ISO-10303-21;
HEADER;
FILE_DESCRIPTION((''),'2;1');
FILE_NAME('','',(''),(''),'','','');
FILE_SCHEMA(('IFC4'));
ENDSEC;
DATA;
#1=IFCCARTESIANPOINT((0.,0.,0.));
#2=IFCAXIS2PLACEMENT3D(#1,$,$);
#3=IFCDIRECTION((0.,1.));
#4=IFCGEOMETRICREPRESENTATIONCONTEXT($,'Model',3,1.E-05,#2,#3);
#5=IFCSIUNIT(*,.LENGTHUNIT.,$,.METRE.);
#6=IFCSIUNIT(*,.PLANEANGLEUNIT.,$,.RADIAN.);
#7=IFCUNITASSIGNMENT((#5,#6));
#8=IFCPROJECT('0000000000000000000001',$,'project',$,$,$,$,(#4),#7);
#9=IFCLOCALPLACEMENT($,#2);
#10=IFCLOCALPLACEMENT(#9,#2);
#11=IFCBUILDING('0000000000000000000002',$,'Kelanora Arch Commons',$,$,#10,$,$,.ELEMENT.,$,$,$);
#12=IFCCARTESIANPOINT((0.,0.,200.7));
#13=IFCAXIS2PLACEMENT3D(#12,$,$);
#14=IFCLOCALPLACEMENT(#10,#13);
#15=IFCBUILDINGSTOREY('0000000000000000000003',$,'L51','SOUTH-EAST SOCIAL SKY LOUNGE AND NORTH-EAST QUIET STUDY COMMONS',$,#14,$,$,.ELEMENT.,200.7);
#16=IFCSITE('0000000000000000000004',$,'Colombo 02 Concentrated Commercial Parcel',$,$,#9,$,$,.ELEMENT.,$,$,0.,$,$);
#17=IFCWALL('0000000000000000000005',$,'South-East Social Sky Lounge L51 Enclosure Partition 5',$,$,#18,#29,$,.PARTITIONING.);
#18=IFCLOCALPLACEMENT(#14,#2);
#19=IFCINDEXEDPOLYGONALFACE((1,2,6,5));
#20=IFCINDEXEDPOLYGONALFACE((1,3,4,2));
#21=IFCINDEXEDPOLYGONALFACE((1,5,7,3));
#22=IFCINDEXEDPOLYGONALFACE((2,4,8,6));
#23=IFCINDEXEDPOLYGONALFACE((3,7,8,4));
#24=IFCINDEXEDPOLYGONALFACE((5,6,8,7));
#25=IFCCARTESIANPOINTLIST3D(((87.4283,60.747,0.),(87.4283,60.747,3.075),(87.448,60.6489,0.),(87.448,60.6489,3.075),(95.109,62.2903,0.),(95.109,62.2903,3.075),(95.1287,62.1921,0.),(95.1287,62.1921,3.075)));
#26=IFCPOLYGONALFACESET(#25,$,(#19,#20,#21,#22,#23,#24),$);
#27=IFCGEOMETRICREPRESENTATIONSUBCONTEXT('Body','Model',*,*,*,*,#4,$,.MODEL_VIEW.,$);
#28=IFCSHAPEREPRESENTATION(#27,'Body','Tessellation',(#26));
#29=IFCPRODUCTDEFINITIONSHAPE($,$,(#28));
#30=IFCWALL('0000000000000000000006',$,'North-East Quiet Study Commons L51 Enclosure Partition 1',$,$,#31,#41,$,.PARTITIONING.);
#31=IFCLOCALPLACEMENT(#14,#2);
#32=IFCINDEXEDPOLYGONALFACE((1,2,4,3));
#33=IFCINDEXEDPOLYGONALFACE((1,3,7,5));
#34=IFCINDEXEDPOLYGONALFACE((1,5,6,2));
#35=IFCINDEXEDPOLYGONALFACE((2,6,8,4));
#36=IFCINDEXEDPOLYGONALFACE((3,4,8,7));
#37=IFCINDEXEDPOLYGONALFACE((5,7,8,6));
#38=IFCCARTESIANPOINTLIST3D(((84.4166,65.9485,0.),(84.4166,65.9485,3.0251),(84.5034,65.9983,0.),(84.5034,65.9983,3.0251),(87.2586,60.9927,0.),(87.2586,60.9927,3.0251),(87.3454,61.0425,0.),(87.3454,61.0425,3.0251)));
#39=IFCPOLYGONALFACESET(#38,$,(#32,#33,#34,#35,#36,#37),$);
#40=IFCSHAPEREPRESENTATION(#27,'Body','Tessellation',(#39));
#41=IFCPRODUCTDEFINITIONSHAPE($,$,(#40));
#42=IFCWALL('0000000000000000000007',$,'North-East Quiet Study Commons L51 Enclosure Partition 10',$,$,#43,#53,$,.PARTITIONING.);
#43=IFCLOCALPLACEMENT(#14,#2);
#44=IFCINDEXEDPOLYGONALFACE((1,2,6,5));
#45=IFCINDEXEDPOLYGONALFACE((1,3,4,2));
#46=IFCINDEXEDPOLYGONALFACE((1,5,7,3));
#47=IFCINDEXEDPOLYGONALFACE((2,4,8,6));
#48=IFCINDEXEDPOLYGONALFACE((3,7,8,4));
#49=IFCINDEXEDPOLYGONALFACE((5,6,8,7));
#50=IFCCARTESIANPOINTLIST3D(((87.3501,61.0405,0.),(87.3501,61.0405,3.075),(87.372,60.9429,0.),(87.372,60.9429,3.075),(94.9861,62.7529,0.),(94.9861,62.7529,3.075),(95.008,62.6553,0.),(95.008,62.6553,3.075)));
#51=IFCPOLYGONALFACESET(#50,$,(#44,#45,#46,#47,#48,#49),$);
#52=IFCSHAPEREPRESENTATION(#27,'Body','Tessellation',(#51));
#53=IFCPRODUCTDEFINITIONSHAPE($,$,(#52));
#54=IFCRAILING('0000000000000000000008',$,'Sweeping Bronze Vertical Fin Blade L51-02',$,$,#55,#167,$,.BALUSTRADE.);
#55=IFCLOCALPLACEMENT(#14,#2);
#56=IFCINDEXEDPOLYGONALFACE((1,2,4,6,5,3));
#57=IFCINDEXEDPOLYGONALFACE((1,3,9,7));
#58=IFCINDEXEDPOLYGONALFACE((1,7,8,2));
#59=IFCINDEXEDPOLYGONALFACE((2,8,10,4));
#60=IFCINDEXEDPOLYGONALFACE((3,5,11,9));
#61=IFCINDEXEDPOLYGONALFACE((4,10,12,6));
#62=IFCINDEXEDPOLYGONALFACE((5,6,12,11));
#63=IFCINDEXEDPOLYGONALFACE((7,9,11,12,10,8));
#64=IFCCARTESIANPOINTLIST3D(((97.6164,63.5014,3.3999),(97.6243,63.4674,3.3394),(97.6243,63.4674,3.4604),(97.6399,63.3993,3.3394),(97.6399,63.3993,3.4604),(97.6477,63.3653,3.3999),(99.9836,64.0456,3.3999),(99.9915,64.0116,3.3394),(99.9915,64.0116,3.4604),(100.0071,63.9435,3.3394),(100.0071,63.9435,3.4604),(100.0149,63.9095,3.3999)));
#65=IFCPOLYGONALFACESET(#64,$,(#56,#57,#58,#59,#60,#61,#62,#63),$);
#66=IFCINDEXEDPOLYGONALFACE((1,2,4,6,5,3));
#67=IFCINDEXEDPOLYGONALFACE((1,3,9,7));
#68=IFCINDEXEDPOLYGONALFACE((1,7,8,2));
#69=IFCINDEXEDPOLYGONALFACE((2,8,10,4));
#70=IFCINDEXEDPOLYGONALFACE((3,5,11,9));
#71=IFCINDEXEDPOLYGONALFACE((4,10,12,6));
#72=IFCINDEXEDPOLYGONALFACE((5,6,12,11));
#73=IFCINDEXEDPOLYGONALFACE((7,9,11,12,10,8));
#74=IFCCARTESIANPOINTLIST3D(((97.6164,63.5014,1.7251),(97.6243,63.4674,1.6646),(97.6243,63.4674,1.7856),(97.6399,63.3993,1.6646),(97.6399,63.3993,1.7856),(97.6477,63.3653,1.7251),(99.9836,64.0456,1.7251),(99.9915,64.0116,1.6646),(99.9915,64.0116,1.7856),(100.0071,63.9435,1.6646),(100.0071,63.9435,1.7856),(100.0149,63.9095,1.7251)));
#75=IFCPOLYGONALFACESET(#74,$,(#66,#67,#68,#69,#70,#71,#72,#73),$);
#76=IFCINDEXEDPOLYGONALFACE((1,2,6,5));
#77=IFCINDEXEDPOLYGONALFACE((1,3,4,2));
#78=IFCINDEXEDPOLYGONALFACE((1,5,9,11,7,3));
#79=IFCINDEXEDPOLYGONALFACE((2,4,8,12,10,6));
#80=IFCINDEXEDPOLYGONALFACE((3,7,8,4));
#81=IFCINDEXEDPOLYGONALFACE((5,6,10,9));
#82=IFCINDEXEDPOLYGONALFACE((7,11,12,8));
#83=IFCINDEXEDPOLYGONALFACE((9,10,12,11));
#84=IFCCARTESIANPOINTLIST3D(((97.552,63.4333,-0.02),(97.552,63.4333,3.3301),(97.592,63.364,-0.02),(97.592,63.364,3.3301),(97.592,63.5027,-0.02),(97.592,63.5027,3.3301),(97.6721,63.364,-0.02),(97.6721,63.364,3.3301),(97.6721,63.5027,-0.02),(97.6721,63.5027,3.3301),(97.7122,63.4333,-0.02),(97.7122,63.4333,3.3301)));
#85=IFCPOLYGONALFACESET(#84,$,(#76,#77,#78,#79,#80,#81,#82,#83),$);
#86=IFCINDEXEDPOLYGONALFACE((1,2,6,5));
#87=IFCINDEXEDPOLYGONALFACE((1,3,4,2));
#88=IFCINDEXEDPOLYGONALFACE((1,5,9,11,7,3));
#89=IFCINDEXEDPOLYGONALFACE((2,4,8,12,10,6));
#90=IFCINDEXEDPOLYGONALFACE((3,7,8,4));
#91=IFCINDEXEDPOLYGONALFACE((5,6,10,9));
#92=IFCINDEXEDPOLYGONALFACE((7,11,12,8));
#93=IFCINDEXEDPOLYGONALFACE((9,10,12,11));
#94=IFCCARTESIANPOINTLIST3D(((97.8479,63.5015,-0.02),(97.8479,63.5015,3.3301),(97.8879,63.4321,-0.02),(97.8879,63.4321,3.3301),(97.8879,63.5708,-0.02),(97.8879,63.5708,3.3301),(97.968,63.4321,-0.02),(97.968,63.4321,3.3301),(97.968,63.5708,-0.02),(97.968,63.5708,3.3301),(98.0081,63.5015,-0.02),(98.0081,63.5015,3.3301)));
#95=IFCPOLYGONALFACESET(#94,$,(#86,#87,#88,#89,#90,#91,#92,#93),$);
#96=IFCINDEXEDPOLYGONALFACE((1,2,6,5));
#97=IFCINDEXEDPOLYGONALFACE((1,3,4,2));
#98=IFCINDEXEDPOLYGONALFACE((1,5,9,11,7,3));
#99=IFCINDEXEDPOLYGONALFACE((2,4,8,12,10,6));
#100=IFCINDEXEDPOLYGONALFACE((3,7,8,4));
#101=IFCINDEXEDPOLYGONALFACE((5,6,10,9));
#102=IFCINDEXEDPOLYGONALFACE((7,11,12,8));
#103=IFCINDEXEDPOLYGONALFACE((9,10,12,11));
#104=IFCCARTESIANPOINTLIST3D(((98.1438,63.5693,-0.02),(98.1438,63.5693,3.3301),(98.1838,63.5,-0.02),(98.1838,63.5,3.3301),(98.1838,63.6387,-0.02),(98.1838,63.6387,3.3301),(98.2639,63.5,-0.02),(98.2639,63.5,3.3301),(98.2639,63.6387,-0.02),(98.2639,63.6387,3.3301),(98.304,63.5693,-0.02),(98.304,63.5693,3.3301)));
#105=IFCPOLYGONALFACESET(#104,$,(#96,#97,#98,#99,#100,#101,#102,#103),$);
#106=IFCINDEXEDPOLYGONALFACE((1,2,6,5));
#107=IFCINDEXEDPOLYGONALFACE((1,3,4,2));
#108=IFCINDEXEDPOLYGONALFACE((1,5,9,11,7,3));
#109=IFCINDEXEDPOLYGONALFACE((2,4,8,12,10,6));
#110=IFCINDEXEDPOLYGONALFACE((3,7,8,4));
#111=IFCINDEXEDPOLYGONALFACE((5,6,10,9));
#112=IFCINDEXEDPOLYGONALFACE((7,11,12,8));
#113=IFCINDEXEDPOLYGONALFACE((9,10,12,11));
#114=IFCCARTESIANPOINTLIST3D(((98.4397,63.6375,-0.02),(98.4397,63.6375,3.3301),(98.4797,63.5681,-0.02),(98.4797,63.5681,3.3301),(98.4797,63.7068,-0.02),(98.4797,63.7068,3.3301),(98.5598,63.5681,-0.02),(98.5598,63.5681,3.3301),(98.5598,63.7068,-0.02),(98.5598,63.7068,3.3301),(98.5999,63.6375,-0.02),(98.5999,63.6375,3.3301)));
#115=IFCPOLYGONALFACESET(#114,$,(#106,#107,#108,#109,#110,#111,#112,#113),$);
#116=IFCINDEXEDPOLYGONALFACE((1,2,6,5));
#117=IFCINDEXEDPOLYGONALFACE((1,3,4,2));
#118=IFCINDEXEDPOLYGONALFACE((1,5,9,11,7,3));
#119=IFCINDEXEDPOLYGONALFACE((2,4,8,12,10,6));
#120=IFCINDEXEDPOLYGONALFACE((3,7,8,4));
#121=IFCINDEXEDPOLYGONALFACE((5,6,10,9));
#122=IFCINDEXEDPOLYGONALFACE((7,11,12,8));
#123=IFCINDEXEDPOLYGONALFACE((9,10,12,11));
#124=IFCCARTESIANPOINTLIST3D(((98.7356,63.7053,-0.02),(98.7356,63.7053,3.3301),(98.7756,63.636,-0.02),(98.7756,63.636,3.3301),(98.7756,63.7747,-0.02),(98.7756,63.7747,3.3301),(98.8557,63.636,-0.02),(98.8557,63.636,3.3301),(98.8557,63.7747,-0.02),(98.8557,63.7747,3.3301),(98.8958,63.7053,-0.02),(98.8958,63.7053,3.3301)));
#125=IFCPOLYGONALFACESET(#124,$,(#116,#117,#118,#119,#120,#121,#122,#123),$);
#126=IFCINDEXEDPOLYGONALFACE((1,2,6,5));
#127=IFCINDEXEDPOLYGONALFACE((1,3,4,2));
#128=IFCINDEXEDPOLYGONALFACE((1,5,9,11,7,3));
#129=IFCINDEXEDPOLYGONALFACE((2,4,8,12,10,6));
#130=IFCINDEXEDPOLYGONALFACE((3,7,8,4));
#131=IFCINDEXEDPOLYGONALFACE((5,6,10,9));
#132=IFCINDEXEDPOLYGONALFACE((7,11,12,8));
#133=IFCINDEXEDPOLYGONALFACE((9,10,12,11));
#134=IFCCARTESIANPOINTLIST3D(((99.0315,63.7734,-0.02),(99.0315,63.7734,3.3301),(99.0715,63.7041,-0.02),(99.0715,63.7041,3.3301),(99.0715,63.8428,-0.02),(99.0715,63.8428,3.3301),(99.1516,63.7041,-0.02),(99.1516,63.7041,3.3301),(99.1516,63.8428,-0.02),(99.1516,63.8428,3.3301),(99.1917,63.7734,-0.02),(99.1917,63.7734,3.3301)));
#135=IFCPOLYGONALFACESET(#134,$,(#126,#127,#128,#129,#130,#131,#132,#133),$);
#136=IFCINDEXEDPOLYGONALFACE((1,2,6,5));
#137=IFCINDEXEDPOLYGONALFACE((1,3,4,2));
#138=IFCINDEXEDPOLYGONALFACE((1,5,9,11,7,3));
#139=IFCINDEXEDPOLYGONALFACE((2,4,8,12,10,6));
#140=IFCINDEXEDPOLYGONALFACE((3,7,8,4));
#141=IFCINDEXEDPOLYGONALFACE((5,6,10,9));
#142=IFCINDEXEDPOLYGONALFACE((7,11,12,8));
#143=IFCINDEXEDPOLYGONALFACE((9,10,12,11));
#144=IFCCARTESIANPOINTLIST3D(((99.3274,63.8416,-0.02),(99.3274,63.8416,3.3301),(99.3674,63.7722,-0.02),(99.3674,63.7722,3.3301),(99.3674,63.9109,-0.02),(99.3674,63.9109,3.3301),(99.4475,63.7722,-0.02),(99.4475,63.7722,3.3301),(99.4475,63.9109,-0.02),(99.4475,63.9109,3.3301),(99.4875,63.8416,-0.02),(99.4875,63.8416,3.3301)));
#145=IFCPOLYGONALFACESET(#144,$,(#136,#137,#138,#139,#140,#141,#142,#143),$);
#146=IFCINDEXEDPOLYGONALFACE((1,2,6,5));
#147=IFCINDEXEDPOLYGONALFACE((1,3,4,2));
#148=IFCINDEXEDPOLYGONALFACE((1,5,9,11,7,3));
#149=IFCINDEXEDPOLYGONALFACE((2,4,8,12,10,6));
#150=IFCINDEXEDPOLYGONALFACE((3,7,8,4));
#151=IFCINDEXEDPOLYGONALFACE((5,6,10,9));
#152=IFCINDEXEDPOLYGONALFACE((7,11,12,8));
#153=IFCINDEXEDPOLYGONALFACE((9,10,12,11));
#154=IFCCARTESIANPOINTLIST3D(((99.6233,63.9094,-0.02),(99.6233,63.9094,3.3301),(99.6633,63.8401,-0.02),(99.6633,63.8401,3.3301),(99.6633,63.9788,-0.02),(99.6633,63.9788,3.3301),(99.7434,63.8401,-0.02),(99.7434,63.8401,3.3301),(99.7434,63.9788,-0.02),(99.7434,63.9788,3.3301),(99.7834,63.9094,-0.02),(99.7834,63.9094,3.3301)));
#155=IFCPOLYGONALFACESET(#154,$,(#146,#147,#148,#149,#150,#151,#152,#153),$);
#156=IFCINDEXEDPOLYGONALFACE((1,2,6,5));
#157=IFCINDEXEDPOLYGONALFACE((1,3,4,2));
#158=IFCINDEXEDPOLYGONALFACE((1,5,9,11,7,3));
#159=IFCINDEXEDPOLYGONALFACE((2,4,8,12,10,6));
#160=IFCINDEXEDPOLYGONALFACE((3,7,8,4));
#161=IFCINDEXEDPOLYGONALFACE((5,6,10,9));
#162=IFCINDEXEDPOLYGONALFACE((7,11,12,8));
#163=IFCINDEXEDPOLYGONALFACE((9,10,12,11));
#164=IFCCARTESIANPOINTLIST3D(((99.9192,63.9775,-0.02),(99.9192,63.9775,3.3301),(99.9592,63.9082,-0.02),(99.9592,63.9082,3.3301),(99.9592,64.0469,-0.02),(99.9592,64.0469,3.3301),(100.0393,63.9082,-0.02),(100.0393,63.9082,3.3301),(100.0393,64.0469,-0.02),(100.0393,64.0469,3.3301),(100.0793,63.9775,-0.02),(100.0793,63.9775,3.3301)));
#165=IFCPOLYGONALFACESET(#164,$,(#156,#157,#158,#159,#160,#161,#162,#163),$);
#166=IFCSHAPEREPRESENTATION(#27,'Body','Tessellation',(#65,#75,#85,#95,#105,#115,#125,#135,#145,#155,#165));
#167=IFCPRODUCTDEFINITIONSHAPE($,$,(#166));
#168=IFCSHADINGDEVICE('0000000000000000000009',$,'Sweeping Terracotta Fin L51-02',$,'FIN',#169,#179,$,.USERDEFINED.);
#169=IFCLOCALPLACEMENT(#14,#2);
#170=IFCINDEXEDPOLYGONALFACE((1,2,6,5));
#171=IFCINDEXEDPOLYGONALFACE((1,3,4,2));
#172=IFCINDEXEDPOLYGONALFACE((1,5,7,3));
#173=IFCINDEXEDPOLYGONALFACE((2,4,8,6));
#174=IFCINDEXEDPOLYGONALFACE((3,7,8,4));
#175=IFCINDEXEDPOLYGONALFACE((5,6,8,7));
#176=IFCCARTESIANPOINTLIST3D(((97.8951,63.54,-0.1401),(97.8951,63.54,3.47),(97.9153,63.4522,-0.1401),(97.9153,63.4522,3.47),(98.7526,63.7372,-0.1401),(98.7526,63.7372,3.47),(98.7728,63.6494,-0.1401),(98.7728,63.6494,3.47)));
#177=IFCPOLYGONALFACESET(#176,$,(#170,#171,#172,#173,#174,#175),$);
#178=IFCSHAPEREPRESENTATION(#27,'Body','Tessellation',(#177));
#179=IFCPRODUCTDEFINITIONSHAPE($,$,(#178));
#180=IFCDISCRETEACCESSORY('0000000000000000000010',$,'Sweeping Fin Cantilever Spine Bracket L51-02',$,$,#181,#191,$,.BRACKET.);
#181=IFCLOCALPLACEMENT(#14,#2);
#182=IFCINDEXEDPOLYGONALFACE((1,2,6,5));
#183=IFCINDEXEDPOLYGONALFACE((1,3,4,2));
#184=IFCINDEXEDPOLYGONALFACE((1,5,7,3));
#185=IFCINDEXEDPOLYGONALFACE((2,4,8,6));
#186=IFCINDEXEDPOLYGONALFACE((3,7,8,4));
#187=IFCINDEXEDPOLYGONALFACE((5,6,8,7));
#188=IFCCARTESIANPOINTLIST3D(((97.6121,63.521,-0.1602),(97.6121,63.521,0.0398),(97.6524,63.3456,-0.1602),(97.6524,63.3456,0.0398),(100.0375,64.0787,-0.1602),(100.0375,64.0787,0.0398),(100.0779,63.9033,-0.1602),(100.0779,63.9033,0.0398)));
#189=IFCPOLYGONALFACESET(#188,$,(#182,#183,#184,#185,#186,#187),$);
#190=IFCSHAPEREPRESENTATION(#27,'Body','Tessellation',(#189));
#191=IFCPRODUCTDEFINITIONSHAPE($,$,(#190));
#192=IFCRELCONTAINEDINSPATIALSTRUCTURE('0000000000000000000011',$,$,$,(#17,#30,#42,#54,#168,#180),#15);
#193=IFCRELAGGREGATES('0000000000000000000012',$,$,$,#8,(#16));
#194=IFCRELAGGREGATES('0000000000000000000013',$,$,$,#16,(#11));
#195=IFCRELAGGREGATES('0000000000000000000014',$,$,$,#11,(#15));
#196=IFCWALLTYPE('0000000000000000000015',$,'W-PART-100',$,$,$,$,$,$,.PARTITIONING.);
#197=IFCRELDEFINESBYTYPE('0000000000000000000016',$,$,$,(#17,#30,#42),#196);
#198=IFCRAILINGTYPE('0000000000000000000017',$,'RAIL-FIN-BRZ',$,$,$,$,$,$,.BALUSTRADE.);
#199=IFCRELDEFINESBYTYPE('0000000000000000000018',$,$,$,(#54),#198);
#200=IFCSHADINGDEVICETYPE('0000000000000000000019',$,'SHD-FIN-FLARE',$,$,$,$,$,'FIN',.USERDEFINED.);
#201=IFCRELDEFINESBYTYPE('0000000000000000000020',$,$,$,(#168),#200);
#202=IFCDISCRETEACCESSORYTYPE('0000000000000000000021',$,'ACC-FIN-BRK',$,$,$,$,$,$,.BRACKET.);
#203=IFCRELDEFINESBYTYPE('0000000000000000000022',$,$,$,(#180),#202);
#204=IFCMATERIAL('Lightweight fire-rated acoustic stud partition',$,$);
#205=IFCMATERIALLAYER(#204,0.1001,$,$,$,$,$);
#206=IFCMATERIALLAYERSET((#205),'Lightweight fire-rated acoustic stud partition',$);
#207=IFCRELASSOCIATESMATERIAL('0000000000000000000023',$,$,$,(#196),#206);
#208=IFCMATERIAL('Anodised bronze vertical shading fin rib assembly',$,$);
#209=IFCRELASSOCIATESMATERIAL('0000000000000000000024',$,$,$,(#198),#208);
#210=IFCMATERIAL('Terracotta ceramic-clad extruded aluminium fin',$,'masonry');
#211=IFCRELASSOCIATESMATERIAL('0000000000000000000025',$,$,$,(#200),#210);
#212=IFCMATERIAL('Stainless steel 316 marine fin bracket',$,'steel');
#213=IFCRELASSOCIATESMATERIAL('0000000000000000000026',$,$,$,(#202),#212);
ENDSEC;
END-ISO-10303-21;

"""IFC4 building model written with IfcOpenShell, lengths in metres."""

from ifc_helpers import new_model, si_unit, direction, frame, frame_2d, origin, origin_2d, place, context, subcontext, project, spatial, polyline, rectangle, outline, extrude, source, transform, mapped, material, layer, layer_set, type_object, element, save


model = new_model("IFC4")

# Units and contexts
model_context = context("Model", 3, precision=1e-05, world=origin(), true_north=direction((0.0, 1.0)))
body_context = subcontext(model_context, "Body", "Model", "MODEL_VIEW")
ifc_project = project(units=[si_unit("LENGTHUNIT", "METRE"), si_unit("PLANEANGLEUNIT", "RADIAN")], contexts=[model_context])

# Site, building, storey
site_placement = place(None, origin())
site = spatial("IfcSite", under=ifc_project, at=site_placement, Name="Colombo 02 Concentrated Commercial Parcel", CompositionType="ELEMENT", RefElevation=0.0)
building_placement = place(site_placement, origin())
building = spatial("IfcBuilding", under=site, at=building_placement, Name="Kelanora Arch Commons", CompositionType="ELEMENT")
storey_placement = place(building_placement, frame((0.0, 0.0, 200.7)))
storey = spatial("IfcBuildingStorey", under=building, at=storey_placement, Name="L51", Description="SOUTH-EAST SOCIAL SKY LOUNGE AND NORTH-EAST QUIET STUDY COMMONS", CompositionType="ELEMENT", Elevation=200.7)

# Walls
ifc_material_1 = material(Name="Lightweight fire-rated acoustic stud partition")
ifc_layer_1 = layer(ifc_material_1, 0.1001)
ifc_layer_set_1 = layer_set([ifc_layer_1], Name="Lightweight fire-rated acoustic stud partition")
wall_type = type_object("IfcWallType", Name="W-PART-100", PredefinedType="PARTITIONING", material=ifc_layer_set_1)
wall_1_placement = place(storey_placement, frame((87.4382, 60.698, 0.0), z_axis=(0.0, 0.0, 1.0), x_axis=(0.980406, 0.196985, 0.0)))
element("IfcWall", 1, at=wall_1_placement, inside=storey, type_object=wall_type, Name="South-East Social Sky Lounge L51 Enclosure Partition 5", PredefinedType="PARTITIONING", context=body_context, shape_type="SweptSolid", body=[
    extrude(rectangle(XDim=7.8342, YDim=0.1001, at=frame_2d((3.917, 0.0))), origin(), (0.0, 0.0, 1.0), 3.075),
])
wall_2_placement = place(storey_placement, frame((87.302, 61.0176, 0.0), z_axis=(0.0, 0.0, 1.0), x_axis=(-0.497478, 0.867477, 0.0)))
element("IfcWall", 2, at=wall_2_placement, inside=storey, type_object=wall_type, Name="North-East Quiet Study Commons L51 Enclosure Partition 1", PredefinedType="PARTITIONING", context=body_context, shape_type="SweptSolid", body=[
    extrude(rectangle(XDim=5.7129, YDim=0.1001, at=frame_2d((2.8564, 0.0))), origin(), (0.0, 0.0, 1.0), 3.0251),
])
wall_3_placement = place(storey_placement, frame((94.9971, 62.7041, 0.0), z_axis=(0.0, 0.0, 1.0), x_axis=(-0.975765, -0.21882, 0.0)))
element("IfcWall", 3, at=wall_3_placement, inside=storey, type_object=wall_type, Name="North-East Quiet Study Commons L51 Enclosure Partition 10", PredefinedType="PARTITIONING", context=body_context, shape_type="SweptSolid", body=[
    extrude(rectangle(XDim=7.8257, YDim=0.1001, at=frame_2d((3.9128, 0.0))), origin(), (0.0, 0.0, 1.0), 3.075),
])

# Railing
ifc_material_2 = material(Name="Anodised bronze vertical shading fin rib assembly")
railing_type_1 = type_object("IfcRailingType", Name="RAIL-FIN-BRZ", PredefinedType="BALUSTRADE", material=ifc_material_2)
railing_1_placement = place(storey_placement, frame((97.6321, 63.4333, -0.02)))
element("IfcRailing", 4, at=railing_1_placement, inside=storey, type_object=railing_type_1, Name="Sweeping Bronze Vertical Fin Blade L51-02", PredefinedType="BALUSTRADE", context=body_context, shape_type="SweptSolid", body=[
    extrude(outline(polyline([(0.0698, 0.0), (0.0349, 0.0605), (-0.0349, 0.0605), (-0.0698, 0.0), (-0.0349, -0.0605), (0.0349, -0.0605), (0.0698, 0.0)])), frame((0.0, 0.0, 3.4199), z_axis=(0.974579, 0.224045, 0.0), x_axis=(-0.224045, 0.974579, 0.0)), (0.0, 0.0, 1.0), 2.429),
    extrude(outline(polyline([(0.0698, 0.0), (0.0349, 0.0605), (-0.0349, 0.0605), (-0.0698, 0.0), (-0.0349, -0.0605), (0.0349, -0.0605), (0.0698, 0.0)])), frame((0.0, 0.0, 1.7451), z_axis=(0.974579, 0.224045, 0.0), x_axis=(-0.224045, 0.974579, 0.0)), (0.0, 0.0, 1.0), 2.429),
    extrude(outline(polyline([(0.0801, 0.0), (0.04, 0.0693), (-0.04, 0.0693), (-0.0801, 0.0), (-0.04, -0.0693), (0.04, -0.0693), (0.0801, 0.0)])), origin(), (0.0, 0.0, 1.0), 3.3501),
    extrude(outline(polyline([(0.0801, 0.0), (0.04, 0.0693), (-0.04, 0.0693), (-0.0801, 0.0), (-0.04, -0.0693), (0.04, -0.0693), (0.0801, 0.0)])), frame((0.2959, 0.0681, 0.0)), (0.0, 0.0, 1.0), 3.3501),
    extrude(outline(polyline([(0.0801, 0.0), (0.04, 0.0693), (-0.04, 0.0693), (-0.0801, 0.0), (-0.04, -0.0693), (0.04, -0.0693), (0.0801, 0.0)])), frame((0.5918, 0.136, 0.0)), (0.0, 0.0, 1.0), 3.3501),
    extrude(outline(polyline([(0.0801, 0.0), (0.04, 0.0693), (-0.04, 0.0693), (-0.0801, 0.0), (-0.04, -0.0693), (0.04, -0.0693), (0.0801, 0.0)])), frame((0.8877, 0.2041, 0.0)), (0.0, 0.0, 1.0), 3.3501),
    extrude(outline(polyline([(0.0801, 0.0), (0.04, 0.0693), (-0.04, 0.0693), (-0.0801, 0.0), (-0.04, -0.0693), (0.04, -0.0693), (0.0801, 0.0)])), frame((1.1836, 0.272, 0.0)), (0.0, 0.0, 1.0), 3.3501),
    extrude(outline(polyline([(0.0801, 0.0), (0.04, 0.0693), (-0.04, 0.0693), (-0.0801, 0.0), (-0.04, -0.0693), (0.04, -0.0693), (0.0801, 0.0)])), frame((1.4795, 0.3401, 0.0)), (0.0, 0.0, 1.0), 3.3501),
    extrude(outline(polyline([(0.0801, 0.0), (0.04, 0.0693), (-0.04, 0.0693), (-0.0801, 0.0), (-0.04, -0.0693), (0.04, -0.0693), (0.0801, 0.0)])), frame((1.7754, 0.4082, 0.0)), (0.0, 0.0, 1.0), 3.3501),
    extrude(outline(polyline([(0.0801, 0.0), (0.04, 0.0693), (-0.04, 0.0693), (-0.0801, 0.0), (-0.04, -0.0693), (0.04, -0.0693), (0.0801, 0.0)])), frame((2.0713, 0.4761, 0.0)), (0.0, 0.0, 1.0), 3.3501),
    extrude(outline(polyline([(0.0801, 0.0), (0.04, 0.0693), (-0.04, 0.0693), (-0.0801, 0.0), (-0.04, -0.0693), (0.04, -0.0693), (0.0801, 0.0)])), frame((2.3672, 0.5442, 0.0)), (0.0, 0.0, 1.0), 3.3501),
])

# Shading device
ifc_material_3 = material(Name="Terracotta ceramic-clad extruded aluminium fin", Category="masonry")
shading_device_type = type_object("IfcShadingDeviceType", Name="SHD-FIN-FLARE", ElementType="FIN", PredefinedType="USERDEFINED", material=ifc_material_3)
shared_shape_1 = source(origin(), body_context, "Body", "SweptSolid", [
    extrude(rectangle(XDim=0.8799, YDim=0.0901, at=origin_2d()), origin(), (0.0, 0.0, 1.0), 3.6101),
])
shading_device_placement = place(storey_placement, frame((98.334, 63.5947, -0.1401), z_axis=(0.0, 0.0, 1.0), x_axis=(0.974566, 0.224101, 0.0)))
element("IfcShadingDevice", 5, at=shading_device_placement, inside=storey, type_object=shading_device_type, Name="Sweeping Terracotta Fin L51-02", ObjectType="FIN", PredefinedType="USERDEFINED", context=body_context, shape_type="MappedRepresentation", body=[
    mapped(shared_shape_1, transform((0.0, 0.0, 0.0), scale=1.0)),
])

# Discrete accessory
ifc_material_4 = material(Name="Stainless steel 316 marine fin bracket", Category="steel")
discrete_accessory_type = type_object("IfcDiscreteAccessoryType", Name="ACC-FIN-BRK", PredefinedType="BRACKET", material=ifc_material_4)
shared_shape_2 = source(origin(), body_context, "Body", "SweptSolid", [
    extrude(rectangle(XDim=2.4888, YDim=0.1799, at=origin_2d()), origin(), (0.0, 0.0, 1.0), 0.2),
])
discrete_accessory_placement = place(storey_placement, frame((98.845, 63.7122, -0.1602), z_axis=(0.0, 0.0, 1.0), x_axis=(0.974566, 0.224101, 0.0)))
element("IfcDiscreteAccessory", 6, at=discrete_accessory_placement, inside=storey, type_object=discrete_accessory_type, Name="Sweeping Fin Cantilever Spine Bracket L51-02", PredefinedType="BRACKET", context=body_context, shape_type="MappedRepresentation", body=[
    mapped(shared_shape_2, transform((0.0, 0.0, 0.0), scale=1.0)),
])

save(model, "model.ifc")
